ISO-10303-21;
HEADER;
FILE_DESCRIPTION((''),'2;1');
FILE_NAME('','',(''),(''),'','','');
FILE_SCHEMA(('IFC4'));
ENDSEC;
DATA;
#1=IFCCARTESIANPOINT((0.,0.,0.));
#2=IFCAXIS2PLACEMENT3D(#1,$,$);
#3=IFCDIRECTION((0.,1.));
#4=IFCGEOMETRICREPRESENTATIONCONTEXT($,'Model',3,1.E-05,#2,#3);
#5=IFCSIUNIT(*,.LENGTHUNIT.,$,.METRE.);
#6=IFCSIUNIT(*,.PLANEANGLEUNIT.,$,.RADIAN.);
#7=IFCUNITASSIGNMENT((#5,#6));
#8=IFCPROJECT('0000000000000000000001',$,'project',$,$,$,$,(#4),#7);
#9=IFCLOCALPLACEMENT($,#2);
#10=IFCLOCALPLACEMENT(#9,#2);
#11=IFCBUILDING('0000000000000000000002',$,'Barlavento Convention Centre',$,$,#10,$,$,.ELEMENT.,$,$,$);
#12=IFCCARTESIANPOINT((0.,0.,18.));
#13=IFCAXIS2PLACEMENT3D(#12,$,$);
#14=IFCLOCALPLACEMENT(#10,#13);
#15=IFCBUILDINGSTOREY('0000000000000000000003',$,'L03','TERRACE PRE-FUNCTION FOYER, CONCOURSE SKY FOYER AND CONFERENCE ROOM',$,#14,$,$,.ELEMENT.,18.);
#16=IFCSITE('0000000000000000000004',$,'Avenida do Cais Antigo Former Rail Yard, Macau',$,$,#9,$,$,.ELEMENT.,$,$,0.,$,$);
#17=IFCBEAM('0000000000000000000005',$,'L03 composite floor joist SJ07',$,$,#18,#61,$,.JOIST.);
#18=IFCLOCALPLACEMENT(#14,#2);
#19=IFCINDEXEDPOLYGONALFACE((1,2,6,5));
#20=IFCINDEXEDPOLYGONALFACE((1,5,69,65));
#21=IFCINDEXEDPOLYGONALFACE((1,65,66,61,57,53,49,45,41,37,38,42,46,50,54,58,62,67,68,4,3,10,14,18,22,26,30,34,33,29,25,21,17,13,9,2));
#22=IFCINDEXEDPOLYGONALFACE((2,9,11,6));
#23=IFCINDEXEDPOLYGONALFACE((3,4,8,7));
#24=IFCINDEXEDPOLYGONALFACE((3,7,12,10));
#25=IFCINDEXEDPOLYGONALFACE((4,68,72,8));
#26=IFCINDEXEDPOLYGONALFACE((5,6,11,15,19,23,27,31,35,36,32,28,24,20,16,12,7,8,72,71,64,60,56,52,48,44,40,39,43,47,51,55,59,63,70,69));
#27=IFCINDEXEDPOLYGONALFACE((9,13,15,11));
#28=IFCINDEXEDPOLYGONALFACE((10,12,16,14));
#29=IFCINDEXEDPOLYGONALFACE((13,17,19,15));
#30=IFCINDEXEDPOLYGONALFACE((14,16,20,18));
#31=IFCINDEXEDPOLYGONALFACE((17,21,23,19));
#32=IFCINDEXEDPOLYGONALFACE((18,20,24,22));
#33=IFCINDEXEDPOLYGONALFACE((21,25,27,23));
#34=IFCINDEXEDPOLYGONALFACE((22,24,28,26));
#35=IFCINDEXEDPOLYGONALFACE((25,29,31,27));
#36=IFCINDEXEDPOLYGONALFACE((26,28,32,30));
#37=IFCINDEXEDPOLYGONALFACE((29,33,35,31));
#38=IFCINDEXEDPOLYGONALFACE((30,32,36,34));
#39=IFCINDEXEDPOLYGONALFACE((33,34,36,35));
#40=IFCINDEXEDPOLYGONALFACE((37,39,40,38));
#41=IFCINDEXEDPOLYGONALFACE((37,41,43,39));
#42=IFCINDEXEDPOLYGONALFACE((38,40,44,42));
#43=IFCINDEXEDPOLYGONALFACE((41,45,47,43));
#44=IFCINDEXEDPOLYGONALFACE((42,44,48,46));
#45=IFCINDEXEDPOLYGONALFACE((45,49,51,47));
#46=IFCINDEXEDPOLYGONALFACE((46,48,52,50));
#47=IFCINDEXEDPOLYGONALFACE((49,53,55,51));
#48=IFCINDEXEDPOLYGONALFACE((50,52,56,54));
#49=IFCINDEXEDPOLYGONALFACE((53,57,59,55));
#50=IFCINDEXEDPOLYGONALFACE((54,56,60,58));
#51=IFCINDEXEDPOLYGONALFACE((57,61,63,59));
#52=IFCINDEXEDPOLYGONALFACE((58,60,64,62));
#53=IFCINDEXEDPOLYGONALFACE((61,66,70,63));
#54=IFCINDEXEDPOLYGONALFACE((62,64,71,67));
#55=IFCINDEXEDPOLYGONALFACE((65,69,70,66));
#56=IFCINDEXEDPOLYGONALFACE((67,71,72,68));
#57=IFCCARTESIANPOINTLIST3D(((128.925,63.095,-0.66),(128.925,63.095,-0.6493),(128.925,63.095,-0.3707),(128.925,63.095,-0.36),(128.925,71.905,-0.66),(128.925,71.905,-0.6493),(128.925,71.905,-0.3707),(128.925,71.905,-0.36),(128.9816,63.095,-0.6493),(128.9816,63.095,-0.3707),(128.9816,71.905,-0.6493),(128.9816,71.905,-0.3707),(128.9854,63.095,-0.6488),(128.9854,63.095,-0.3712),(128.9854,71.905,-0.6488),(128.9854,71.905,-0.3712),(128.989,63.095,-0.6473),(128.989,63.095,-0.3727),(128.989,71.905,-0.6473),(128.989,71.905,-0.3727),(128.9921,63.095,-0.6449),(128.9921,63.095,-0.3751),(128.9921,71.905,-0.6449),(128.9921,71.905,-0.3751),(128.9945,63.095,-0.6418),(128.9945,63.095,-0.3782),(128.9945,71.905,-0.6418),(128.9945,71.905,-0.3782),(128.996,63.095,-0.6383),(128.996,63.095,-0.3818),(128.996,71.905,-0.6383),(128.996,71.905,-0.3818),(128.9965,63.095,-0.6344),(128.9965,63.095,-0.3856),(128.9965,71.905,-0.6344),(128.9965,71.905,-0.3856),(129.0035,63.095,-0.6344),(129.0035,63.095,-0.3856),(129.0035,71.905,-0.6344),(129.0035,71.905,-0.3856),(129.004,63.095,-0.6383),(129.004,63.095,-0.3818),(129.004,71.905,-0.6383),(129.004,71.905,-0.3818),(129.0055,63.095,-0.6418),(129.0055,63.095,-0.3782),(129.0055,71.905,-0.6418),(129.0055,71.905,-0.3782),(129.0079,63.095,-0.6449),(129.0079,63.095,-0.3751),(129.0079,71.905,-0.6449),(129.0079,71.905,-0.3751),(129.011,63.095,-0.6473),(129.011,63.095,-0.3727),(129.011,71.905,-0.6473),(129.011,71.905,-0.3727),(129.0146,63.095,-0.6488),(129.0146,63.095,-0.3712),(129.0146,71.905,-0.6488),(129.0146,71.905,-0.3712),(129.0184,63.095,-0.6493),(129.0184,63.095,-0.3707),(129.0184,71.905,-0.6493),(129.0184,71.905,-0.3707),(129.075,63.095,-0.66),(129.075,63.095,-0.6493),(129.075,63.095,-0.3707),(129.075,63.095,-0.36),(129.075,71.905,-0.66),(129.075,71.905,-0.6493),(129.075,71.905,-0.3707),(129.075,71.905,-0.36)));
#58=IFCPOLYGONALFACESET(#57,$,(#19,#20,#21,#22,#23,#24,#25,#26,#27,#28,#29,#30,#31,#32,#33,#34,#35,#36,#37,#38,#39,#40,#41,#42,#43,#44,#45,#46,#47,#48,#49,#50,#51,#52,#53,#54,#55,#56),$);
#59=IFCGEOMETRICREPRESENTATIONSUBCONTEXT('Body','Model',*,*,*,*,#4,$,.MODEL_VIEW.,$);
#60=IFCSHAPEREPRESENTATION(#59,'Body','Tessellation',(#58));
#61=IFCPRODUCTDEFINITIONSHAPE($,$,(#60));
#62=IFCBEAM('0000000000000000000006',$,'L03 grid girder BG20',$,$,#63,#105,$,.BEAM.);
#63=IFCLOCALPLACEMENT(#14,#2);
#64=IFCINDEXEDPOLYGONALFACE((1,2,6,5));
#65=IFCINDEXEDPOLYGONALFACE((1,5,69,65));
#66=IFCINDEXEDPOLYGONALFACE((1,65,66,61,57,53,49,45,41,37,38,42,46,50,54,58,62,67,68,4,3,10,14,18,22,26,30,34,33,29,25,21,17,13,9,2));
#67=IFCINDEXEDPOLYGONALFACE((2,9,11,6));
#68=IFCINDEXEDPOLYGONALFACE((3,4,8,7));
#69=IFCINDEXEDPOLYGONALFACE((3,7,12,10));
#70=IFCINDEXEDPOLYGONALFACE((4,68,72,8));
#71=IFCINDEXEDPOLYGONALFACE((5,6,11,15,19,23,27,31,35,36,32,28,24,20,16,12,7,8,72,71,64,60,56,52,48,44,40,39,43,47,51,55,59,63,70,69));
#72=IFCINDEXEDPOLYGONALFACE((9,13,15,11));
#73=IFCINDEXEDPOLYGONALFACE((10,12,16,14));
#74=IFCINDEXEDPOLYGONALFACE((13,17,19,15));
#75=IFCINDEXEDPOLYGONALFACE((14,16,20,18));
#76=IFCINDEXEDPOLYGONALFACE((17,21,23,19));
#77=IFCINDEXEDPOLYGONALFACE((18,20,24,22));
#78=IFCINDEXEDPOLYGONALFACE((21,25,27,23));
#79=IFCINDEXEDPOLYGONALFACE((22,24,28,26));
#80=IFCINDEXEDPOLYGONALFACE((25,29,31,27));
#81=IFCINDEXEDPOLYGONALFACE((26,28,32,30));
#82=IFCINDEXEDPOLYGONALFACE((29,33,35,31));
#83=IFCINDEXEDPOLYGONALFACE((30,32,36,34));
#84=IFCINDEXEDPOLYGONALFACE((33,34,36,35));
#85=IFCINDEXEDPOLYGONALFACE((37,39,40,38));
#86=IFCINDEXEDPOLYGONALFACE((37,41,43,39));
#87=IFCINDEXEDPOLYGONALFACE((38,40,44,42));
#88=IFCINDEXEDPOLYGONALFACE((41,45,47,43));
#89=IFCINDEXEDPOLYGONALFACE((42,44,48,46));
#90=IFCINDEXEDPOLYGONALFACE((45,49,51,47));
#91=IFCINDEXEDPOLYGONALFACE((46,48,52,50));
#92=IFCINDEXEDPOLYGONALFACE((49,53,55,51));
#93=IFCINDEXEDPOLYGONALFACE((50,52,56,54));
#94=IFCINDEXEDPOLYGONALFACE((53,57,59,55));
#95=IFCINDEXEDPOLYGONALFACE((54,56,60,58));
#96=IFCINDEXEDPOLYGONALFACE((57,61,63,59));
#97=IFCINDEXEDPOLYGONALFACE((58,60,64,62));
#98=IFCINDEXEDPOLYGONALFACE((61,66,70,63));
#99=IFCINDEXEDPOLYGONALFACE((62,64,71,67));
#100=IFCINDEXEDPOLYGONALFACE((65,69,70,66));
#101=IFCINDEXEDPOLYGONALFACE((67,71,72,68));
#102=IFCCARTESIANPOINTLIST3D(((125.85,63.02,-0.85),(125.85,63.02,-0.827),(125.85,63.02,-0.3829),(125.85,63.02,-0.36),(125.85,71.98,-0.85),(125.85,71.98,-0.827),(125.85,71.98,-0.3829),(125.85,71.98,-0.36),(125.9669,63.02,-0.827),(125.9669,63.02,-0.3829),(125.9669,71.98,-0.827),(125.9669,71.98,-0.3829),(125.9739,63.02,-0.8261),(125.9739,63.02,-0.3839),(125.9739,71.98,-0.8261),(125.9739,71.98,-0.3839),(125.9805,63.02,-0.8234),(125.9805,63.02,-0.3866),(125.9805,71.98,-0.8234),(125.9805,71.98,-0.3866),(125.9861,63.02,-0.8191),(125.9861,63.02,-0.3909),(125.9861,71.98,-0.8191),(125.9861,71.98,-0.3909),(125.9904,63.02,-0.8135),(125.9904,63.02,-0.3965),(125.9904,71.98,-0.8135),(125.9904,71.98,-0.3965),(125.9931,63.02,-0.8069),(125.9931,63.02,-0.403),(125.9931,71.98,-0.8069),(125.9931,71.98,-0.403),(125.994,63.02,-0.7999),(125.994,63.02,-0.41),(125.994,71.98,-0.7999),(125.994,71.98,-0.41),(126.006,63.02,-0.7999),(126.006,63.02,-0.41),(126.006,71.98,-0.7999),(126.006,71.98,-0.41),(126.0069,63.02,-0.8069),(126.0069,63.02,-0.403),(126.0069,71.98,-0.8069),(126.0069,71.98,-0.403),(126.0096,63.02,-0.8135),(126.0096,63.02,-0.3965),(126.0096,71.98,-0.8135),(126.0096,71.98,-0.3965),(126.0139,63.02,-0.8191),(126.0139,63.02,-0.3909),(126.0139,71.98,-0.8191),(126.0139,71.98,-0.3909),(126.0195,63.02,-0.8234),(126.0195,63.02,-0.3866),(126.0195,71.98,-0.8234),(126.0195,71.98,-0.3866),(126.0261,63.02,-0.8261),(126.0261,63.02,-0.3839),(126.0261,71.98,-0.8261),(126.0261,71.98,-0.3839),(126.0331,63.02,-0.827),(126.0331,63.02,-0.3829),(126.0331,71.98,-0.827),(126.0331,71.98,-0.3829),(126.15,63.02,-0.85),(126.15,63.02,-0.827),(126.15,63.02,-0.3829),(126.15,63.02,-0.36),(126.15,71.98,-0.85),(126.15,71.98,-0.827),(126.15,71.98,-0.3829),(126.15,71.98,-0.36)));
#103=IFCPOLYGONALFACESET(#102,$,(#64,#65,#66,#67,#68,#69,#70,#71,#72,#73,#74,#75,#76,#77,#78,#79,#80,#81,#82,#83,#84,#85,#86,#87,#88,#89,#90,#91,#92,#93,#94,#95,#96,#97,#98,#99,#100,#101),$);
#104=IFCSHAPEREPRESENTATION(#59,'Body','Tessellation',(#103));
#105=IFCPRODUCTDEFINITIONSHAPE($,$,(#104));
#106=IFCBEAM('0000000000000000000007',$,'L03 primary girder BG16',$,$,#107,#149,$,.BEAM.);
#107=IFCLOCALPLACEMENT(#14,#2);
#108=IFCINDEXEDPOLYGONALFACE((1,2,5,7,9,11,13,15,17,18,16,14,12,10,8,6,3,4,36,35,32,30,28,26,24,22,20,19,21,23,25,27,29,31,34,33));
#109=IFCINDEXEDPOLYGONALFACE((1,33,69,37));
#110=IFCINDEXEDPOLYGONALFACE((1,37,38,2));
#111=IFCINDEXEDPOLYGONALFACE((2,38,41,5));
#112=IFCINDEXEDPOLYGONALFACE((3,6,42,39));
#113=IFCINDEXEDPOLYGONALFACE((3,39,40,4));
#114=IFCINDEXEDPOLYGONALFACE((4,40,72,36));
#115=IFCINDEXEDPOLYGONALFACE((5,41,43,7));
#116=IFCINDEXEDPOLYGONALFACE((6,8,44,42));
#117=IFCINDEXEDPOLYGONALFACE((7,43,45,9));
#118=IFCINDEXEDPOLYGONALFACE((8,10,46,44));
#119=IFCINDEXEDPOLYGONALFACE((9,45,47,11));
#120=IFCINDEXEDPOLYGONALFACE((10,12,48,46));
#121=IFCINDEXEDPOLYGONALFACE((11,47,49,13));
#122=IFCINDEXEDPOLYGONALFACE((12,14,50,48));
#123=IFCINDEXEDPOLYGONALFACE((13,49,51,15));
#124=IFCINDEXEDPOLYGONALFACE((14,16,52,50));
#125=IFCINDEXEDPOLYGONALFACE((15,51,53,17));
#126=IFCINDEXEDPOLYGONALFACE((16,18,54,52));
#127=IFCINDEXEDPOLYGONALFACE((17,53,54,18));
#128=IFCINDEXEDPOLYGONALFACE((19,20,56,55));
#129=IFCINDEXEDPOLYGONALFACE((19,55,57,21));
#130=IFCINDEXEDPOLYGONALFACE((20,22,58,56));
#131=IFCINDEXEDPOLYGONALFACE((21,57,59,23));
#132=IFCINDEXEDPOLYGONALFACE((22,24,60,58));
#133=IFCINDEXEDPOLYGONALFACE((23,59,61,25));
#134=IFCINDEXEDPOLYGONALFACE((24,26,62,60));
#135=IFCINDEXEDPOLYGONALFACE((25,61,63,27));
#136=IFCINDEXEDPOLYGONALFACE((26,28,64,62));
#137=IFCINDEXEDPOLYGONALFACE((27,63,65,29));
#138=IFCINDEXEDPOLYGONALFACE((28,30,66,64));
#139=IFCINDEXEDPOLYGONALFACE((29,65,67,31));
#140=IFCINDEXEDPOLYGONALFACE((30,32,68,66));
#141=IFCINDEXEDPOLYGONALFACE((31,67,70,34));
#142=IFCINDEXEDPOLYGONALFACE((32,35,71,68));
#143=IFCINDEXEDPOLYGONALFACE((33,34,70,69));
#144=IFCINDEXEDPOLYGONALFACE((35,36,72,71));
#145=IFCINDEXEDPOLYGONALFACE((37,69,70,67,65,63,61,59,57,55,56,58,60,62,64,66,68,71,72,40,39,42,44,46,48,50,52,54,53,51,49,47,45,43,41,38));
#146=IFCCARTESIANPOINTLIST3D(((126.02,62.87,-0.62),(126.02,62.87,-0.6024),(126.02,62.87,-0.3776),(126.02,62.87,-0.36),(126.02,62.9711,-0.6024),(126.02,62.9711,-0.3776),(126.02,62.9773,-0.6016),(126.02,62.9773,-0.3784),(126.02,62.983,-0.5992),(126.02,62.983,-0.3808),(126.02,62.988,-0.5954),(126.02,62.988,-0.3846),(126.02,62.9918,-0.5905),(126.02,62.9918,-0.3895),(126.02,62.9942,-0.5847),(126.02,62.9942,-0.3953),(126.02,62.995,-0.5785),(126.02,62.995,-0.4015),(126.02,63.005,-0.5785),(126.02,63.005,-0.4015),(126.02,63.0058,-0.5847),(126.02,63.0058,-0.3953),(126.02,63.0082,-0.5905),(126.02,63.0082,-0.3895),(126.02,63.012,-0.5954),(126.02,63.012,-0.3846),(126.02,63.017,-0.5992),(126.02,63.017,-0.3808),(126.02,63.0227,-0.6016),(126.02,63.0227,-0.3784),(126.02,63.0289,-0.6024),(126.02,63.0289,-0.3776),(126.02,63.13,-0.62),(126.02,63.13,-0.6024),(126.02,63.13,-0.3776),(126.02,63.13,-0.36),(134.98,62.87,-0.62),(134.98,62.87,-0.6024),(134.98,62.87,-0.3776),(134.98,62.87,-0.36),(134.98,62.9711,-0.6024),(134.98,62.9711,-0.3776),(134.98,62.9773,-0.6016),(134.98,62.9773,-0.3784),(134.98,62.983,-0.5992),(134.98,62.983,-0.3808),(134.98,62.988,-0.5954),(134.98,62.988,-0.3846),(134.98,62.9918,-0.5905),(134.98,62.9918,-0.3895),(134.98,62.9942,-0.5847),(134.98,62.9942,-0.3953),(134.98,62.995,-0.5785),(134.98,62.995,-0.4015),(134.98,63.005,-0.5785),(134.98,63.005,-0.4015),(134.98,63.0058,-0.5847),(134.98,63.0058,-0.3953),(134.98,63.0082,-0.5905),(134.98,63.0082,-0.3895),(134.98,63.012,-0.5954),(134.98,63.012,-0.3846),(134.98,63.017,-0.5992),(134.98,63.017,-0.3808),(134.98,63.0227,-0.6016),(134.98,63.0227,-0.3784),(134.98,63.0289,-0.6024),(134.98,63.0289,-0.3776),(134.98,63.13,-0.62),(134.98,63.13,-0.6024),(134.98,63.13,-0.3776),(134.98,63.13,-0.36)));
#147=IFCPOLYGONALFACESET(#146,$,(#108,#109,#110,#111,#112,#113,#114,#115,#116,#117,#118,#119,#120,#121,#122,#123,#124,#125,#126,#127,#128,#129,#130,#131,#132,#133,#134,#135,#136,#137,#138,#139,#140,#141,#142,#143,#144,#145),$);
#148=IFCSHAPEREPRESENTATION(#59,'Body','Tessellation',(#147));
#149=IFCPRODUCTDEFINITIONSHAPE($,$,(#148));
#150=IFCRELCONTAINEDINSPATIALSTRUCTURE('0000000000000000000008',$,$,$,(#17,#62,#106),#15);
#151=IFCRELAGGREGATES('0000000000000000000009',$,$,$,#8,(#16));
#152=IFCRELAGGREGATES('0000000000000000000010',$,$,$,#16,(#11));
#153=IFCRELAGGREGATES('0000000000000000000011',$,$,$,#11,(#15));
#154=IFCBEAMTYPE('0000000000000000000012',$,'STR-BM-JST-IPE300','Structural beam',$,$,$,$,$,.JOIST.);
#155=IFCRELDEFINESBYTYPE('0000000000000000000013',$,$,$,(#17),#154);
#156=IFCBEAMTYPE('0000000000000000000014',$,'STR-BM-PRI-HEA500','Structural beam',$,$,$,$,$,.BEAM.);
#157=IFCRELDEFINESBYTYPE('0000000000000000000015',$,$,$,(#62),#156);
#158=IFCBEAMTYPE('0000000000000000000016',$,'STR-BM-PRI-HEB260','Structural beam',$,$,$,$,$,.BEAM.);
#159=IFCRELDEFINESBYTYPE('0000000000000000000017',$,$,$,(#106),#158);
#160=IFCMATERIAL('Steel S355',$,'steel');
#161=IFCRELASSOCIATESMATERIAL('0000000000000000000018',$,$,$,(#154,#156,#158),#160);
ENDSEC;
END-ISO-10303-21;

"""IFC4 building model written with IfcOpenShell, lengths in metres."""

from ifc_helpers import new_model, si_unit, direction, frame, origin, origin_2d, place, context, subcontext, project, spatial, i_section, extrude, material, material_profile, profile_set, type_object, element, save


model = new_model("IFC4")

# Units and contexts
model_context = context("Model", 3, precision=1e-05, world=origin(), true_north=direction((0.0, 1.0)))
body_context = subcontext(model_context, "Body", "Model", "MODEL_VIEW")
ifc_project = project(units=[si_unit("LENGTHUNIT", "METRE"), si_unit("PLANEANGLEUNIT", "RADIAN")], contexts=[model_context])

# Site, building, storey
site_placement = place(None, origin())
site = spatial("IfcSite", under=ifc_project, at=site_placement, Name="Avenida do Cais Antigo Former Rail Yard, Macau", CompositionType="ELEMENT", RefElevation=0.0)
building_placement = place(site_placement, origin())
building = spatial("IfcBuilding", under=site, at=building_placement, Name="Barlavento Convention Centre", CompositionType="ELEMENT")
storey_placement = place(building_placement, frame((0.0, 0.0, 18.0)))
storey = spatial("IfcBuildingStorey", under=building, at=storey_placement, Name="L03", Description="TERRACE PRE-FUNCTION FOYER, CONCOURSE SKY FOYER AND CONFERENCE ROOM", CompositionType="ELEMENT", Elevation=18.0)

# Shared definitions
ifc_material_1 = material(Name="Steel S355", Category="steel")

# Beams
ifc_material_profile_1 = material_profile(ifc_material_1, i_section(OverallWidth=0.1499, OverallDepth=0.3, WebThickness=0.0071, FlangeThickness=0.0107, FilletRadius=0.0149, at=origin_2d()), Name="IPE 300")
ifc_profile_set_1 = profile_set([ifc_material_profile_1], Name="Steel S355")
beam_type_1 = type_object("IfcBeamType", Name="STR-BM-JST-IPE300", Description="Structural beam", PredefinedType="JOIST", material=ifc_profile_set_1)
beam_1_placement = place(storey_placement, frame((129.0, 63.095, -0.51), z_axis=(0.0, 1.0, 0.0), x_axis=(-1.0, 0.0, 0.0)))
element("IfcBeam", 1, at=beam_1_placement, inside=storey, type_object=beam_type_1, Name="L03 composite floor joist SJ07", PredefinedType="JOIST", context=body_context, shape_type="SweptSolid", body=[
    extrude(i_section(OverallWidth=0.1499, OverallDepth=0.3, WebThickness=0.0071, FlangeThickness=0.0107, FilletRadius=0.0149, at=origin_2d()), origin(), (0.0, 0.0, 1.0), 8.8101),
])
ifc_material_profile_2 = material_profile(ifc_material_1, i_section(OverallWidth=0.3, OverallDepth=0.49, WebThickness=0.012, FlangeThickness=0.0229, FilletRadius=0.0271, at=origin_2d()), Name="HEA 500")
ifc_profile_set_2 = profile_set([ifc_material_profile_2], Name="Steel S355")
beam_type_2 = type_object("IfcBeamType", Name="STR-BM-PRI-HEA500", Description="Structural beam", PredefinedType="BEAM", material=ifc_profile_set_2)
beam_2_placement = place(storey_placement, frame((126.0, 63.02, -0.605), z_axis=(0.0, 1.0, 0.0), x_axis=(-1.0, 0.0, 0.0)))
element("IfcBeam", 2, at=beam_2_placement, inside=storey, type_object=beam_type_2, Name="L03 grid girder BG20", PredefinedType="BEAM", context=body_context, shape_type="SweptSolid", body=[
    extrude(i_section(OverallWidth=0.3, OverallDepth=0.49, WebThickness=0.012, FlangeThickness=0.0229, FilletRadius=0.0271, at=origin_2d()), origin(), (0.0, 0.0, 1.0), 8.96),
])
ifc_material_profile_3 = material_profile(ifc_material_1, i_section(OverallWidth=0.26, OverallDepth=0.26, WebThickness=0.01, FlangeThickness=0.0176, FilletRadius=0.0239, at=origin_2d()), Name="HEB 260")
ifc_profile_set_3 = profile_set([ifc_material_profile_3], Name="Steel S355")
beam_type_3 = type_object("IfcBeamType", Name="STR-BM-PRI-HEB260", Description="Structural beam", PredefinedType="BEAM", material=ifc_profile_set_3)
beam_3_placement = place(storey_placement, frame((126.02, 63.0, -0.49), z_axis=(1.0, 0.0, 0.0), x_axis=(0.0, 1.0, 0.0)))
element("IfcBeam", 3, at=beam_3_placement, inside=storey, type_object=beam_type_3, Name="L03 primary girder BG16", PredefinedType="BEAM", context=body_context, shape_type="SweptSolid", body=[
    extrude(i_section(OverallWidth=0.26, OverallDepth=0.26, WebThickness=0.01, FlangeThickness=0.0176, FilletRadius=0.0239, at=origin_2d()), origin(), (0.0, 0.0, 1.0), 8.96),
])

save(model, "model.ifc")
